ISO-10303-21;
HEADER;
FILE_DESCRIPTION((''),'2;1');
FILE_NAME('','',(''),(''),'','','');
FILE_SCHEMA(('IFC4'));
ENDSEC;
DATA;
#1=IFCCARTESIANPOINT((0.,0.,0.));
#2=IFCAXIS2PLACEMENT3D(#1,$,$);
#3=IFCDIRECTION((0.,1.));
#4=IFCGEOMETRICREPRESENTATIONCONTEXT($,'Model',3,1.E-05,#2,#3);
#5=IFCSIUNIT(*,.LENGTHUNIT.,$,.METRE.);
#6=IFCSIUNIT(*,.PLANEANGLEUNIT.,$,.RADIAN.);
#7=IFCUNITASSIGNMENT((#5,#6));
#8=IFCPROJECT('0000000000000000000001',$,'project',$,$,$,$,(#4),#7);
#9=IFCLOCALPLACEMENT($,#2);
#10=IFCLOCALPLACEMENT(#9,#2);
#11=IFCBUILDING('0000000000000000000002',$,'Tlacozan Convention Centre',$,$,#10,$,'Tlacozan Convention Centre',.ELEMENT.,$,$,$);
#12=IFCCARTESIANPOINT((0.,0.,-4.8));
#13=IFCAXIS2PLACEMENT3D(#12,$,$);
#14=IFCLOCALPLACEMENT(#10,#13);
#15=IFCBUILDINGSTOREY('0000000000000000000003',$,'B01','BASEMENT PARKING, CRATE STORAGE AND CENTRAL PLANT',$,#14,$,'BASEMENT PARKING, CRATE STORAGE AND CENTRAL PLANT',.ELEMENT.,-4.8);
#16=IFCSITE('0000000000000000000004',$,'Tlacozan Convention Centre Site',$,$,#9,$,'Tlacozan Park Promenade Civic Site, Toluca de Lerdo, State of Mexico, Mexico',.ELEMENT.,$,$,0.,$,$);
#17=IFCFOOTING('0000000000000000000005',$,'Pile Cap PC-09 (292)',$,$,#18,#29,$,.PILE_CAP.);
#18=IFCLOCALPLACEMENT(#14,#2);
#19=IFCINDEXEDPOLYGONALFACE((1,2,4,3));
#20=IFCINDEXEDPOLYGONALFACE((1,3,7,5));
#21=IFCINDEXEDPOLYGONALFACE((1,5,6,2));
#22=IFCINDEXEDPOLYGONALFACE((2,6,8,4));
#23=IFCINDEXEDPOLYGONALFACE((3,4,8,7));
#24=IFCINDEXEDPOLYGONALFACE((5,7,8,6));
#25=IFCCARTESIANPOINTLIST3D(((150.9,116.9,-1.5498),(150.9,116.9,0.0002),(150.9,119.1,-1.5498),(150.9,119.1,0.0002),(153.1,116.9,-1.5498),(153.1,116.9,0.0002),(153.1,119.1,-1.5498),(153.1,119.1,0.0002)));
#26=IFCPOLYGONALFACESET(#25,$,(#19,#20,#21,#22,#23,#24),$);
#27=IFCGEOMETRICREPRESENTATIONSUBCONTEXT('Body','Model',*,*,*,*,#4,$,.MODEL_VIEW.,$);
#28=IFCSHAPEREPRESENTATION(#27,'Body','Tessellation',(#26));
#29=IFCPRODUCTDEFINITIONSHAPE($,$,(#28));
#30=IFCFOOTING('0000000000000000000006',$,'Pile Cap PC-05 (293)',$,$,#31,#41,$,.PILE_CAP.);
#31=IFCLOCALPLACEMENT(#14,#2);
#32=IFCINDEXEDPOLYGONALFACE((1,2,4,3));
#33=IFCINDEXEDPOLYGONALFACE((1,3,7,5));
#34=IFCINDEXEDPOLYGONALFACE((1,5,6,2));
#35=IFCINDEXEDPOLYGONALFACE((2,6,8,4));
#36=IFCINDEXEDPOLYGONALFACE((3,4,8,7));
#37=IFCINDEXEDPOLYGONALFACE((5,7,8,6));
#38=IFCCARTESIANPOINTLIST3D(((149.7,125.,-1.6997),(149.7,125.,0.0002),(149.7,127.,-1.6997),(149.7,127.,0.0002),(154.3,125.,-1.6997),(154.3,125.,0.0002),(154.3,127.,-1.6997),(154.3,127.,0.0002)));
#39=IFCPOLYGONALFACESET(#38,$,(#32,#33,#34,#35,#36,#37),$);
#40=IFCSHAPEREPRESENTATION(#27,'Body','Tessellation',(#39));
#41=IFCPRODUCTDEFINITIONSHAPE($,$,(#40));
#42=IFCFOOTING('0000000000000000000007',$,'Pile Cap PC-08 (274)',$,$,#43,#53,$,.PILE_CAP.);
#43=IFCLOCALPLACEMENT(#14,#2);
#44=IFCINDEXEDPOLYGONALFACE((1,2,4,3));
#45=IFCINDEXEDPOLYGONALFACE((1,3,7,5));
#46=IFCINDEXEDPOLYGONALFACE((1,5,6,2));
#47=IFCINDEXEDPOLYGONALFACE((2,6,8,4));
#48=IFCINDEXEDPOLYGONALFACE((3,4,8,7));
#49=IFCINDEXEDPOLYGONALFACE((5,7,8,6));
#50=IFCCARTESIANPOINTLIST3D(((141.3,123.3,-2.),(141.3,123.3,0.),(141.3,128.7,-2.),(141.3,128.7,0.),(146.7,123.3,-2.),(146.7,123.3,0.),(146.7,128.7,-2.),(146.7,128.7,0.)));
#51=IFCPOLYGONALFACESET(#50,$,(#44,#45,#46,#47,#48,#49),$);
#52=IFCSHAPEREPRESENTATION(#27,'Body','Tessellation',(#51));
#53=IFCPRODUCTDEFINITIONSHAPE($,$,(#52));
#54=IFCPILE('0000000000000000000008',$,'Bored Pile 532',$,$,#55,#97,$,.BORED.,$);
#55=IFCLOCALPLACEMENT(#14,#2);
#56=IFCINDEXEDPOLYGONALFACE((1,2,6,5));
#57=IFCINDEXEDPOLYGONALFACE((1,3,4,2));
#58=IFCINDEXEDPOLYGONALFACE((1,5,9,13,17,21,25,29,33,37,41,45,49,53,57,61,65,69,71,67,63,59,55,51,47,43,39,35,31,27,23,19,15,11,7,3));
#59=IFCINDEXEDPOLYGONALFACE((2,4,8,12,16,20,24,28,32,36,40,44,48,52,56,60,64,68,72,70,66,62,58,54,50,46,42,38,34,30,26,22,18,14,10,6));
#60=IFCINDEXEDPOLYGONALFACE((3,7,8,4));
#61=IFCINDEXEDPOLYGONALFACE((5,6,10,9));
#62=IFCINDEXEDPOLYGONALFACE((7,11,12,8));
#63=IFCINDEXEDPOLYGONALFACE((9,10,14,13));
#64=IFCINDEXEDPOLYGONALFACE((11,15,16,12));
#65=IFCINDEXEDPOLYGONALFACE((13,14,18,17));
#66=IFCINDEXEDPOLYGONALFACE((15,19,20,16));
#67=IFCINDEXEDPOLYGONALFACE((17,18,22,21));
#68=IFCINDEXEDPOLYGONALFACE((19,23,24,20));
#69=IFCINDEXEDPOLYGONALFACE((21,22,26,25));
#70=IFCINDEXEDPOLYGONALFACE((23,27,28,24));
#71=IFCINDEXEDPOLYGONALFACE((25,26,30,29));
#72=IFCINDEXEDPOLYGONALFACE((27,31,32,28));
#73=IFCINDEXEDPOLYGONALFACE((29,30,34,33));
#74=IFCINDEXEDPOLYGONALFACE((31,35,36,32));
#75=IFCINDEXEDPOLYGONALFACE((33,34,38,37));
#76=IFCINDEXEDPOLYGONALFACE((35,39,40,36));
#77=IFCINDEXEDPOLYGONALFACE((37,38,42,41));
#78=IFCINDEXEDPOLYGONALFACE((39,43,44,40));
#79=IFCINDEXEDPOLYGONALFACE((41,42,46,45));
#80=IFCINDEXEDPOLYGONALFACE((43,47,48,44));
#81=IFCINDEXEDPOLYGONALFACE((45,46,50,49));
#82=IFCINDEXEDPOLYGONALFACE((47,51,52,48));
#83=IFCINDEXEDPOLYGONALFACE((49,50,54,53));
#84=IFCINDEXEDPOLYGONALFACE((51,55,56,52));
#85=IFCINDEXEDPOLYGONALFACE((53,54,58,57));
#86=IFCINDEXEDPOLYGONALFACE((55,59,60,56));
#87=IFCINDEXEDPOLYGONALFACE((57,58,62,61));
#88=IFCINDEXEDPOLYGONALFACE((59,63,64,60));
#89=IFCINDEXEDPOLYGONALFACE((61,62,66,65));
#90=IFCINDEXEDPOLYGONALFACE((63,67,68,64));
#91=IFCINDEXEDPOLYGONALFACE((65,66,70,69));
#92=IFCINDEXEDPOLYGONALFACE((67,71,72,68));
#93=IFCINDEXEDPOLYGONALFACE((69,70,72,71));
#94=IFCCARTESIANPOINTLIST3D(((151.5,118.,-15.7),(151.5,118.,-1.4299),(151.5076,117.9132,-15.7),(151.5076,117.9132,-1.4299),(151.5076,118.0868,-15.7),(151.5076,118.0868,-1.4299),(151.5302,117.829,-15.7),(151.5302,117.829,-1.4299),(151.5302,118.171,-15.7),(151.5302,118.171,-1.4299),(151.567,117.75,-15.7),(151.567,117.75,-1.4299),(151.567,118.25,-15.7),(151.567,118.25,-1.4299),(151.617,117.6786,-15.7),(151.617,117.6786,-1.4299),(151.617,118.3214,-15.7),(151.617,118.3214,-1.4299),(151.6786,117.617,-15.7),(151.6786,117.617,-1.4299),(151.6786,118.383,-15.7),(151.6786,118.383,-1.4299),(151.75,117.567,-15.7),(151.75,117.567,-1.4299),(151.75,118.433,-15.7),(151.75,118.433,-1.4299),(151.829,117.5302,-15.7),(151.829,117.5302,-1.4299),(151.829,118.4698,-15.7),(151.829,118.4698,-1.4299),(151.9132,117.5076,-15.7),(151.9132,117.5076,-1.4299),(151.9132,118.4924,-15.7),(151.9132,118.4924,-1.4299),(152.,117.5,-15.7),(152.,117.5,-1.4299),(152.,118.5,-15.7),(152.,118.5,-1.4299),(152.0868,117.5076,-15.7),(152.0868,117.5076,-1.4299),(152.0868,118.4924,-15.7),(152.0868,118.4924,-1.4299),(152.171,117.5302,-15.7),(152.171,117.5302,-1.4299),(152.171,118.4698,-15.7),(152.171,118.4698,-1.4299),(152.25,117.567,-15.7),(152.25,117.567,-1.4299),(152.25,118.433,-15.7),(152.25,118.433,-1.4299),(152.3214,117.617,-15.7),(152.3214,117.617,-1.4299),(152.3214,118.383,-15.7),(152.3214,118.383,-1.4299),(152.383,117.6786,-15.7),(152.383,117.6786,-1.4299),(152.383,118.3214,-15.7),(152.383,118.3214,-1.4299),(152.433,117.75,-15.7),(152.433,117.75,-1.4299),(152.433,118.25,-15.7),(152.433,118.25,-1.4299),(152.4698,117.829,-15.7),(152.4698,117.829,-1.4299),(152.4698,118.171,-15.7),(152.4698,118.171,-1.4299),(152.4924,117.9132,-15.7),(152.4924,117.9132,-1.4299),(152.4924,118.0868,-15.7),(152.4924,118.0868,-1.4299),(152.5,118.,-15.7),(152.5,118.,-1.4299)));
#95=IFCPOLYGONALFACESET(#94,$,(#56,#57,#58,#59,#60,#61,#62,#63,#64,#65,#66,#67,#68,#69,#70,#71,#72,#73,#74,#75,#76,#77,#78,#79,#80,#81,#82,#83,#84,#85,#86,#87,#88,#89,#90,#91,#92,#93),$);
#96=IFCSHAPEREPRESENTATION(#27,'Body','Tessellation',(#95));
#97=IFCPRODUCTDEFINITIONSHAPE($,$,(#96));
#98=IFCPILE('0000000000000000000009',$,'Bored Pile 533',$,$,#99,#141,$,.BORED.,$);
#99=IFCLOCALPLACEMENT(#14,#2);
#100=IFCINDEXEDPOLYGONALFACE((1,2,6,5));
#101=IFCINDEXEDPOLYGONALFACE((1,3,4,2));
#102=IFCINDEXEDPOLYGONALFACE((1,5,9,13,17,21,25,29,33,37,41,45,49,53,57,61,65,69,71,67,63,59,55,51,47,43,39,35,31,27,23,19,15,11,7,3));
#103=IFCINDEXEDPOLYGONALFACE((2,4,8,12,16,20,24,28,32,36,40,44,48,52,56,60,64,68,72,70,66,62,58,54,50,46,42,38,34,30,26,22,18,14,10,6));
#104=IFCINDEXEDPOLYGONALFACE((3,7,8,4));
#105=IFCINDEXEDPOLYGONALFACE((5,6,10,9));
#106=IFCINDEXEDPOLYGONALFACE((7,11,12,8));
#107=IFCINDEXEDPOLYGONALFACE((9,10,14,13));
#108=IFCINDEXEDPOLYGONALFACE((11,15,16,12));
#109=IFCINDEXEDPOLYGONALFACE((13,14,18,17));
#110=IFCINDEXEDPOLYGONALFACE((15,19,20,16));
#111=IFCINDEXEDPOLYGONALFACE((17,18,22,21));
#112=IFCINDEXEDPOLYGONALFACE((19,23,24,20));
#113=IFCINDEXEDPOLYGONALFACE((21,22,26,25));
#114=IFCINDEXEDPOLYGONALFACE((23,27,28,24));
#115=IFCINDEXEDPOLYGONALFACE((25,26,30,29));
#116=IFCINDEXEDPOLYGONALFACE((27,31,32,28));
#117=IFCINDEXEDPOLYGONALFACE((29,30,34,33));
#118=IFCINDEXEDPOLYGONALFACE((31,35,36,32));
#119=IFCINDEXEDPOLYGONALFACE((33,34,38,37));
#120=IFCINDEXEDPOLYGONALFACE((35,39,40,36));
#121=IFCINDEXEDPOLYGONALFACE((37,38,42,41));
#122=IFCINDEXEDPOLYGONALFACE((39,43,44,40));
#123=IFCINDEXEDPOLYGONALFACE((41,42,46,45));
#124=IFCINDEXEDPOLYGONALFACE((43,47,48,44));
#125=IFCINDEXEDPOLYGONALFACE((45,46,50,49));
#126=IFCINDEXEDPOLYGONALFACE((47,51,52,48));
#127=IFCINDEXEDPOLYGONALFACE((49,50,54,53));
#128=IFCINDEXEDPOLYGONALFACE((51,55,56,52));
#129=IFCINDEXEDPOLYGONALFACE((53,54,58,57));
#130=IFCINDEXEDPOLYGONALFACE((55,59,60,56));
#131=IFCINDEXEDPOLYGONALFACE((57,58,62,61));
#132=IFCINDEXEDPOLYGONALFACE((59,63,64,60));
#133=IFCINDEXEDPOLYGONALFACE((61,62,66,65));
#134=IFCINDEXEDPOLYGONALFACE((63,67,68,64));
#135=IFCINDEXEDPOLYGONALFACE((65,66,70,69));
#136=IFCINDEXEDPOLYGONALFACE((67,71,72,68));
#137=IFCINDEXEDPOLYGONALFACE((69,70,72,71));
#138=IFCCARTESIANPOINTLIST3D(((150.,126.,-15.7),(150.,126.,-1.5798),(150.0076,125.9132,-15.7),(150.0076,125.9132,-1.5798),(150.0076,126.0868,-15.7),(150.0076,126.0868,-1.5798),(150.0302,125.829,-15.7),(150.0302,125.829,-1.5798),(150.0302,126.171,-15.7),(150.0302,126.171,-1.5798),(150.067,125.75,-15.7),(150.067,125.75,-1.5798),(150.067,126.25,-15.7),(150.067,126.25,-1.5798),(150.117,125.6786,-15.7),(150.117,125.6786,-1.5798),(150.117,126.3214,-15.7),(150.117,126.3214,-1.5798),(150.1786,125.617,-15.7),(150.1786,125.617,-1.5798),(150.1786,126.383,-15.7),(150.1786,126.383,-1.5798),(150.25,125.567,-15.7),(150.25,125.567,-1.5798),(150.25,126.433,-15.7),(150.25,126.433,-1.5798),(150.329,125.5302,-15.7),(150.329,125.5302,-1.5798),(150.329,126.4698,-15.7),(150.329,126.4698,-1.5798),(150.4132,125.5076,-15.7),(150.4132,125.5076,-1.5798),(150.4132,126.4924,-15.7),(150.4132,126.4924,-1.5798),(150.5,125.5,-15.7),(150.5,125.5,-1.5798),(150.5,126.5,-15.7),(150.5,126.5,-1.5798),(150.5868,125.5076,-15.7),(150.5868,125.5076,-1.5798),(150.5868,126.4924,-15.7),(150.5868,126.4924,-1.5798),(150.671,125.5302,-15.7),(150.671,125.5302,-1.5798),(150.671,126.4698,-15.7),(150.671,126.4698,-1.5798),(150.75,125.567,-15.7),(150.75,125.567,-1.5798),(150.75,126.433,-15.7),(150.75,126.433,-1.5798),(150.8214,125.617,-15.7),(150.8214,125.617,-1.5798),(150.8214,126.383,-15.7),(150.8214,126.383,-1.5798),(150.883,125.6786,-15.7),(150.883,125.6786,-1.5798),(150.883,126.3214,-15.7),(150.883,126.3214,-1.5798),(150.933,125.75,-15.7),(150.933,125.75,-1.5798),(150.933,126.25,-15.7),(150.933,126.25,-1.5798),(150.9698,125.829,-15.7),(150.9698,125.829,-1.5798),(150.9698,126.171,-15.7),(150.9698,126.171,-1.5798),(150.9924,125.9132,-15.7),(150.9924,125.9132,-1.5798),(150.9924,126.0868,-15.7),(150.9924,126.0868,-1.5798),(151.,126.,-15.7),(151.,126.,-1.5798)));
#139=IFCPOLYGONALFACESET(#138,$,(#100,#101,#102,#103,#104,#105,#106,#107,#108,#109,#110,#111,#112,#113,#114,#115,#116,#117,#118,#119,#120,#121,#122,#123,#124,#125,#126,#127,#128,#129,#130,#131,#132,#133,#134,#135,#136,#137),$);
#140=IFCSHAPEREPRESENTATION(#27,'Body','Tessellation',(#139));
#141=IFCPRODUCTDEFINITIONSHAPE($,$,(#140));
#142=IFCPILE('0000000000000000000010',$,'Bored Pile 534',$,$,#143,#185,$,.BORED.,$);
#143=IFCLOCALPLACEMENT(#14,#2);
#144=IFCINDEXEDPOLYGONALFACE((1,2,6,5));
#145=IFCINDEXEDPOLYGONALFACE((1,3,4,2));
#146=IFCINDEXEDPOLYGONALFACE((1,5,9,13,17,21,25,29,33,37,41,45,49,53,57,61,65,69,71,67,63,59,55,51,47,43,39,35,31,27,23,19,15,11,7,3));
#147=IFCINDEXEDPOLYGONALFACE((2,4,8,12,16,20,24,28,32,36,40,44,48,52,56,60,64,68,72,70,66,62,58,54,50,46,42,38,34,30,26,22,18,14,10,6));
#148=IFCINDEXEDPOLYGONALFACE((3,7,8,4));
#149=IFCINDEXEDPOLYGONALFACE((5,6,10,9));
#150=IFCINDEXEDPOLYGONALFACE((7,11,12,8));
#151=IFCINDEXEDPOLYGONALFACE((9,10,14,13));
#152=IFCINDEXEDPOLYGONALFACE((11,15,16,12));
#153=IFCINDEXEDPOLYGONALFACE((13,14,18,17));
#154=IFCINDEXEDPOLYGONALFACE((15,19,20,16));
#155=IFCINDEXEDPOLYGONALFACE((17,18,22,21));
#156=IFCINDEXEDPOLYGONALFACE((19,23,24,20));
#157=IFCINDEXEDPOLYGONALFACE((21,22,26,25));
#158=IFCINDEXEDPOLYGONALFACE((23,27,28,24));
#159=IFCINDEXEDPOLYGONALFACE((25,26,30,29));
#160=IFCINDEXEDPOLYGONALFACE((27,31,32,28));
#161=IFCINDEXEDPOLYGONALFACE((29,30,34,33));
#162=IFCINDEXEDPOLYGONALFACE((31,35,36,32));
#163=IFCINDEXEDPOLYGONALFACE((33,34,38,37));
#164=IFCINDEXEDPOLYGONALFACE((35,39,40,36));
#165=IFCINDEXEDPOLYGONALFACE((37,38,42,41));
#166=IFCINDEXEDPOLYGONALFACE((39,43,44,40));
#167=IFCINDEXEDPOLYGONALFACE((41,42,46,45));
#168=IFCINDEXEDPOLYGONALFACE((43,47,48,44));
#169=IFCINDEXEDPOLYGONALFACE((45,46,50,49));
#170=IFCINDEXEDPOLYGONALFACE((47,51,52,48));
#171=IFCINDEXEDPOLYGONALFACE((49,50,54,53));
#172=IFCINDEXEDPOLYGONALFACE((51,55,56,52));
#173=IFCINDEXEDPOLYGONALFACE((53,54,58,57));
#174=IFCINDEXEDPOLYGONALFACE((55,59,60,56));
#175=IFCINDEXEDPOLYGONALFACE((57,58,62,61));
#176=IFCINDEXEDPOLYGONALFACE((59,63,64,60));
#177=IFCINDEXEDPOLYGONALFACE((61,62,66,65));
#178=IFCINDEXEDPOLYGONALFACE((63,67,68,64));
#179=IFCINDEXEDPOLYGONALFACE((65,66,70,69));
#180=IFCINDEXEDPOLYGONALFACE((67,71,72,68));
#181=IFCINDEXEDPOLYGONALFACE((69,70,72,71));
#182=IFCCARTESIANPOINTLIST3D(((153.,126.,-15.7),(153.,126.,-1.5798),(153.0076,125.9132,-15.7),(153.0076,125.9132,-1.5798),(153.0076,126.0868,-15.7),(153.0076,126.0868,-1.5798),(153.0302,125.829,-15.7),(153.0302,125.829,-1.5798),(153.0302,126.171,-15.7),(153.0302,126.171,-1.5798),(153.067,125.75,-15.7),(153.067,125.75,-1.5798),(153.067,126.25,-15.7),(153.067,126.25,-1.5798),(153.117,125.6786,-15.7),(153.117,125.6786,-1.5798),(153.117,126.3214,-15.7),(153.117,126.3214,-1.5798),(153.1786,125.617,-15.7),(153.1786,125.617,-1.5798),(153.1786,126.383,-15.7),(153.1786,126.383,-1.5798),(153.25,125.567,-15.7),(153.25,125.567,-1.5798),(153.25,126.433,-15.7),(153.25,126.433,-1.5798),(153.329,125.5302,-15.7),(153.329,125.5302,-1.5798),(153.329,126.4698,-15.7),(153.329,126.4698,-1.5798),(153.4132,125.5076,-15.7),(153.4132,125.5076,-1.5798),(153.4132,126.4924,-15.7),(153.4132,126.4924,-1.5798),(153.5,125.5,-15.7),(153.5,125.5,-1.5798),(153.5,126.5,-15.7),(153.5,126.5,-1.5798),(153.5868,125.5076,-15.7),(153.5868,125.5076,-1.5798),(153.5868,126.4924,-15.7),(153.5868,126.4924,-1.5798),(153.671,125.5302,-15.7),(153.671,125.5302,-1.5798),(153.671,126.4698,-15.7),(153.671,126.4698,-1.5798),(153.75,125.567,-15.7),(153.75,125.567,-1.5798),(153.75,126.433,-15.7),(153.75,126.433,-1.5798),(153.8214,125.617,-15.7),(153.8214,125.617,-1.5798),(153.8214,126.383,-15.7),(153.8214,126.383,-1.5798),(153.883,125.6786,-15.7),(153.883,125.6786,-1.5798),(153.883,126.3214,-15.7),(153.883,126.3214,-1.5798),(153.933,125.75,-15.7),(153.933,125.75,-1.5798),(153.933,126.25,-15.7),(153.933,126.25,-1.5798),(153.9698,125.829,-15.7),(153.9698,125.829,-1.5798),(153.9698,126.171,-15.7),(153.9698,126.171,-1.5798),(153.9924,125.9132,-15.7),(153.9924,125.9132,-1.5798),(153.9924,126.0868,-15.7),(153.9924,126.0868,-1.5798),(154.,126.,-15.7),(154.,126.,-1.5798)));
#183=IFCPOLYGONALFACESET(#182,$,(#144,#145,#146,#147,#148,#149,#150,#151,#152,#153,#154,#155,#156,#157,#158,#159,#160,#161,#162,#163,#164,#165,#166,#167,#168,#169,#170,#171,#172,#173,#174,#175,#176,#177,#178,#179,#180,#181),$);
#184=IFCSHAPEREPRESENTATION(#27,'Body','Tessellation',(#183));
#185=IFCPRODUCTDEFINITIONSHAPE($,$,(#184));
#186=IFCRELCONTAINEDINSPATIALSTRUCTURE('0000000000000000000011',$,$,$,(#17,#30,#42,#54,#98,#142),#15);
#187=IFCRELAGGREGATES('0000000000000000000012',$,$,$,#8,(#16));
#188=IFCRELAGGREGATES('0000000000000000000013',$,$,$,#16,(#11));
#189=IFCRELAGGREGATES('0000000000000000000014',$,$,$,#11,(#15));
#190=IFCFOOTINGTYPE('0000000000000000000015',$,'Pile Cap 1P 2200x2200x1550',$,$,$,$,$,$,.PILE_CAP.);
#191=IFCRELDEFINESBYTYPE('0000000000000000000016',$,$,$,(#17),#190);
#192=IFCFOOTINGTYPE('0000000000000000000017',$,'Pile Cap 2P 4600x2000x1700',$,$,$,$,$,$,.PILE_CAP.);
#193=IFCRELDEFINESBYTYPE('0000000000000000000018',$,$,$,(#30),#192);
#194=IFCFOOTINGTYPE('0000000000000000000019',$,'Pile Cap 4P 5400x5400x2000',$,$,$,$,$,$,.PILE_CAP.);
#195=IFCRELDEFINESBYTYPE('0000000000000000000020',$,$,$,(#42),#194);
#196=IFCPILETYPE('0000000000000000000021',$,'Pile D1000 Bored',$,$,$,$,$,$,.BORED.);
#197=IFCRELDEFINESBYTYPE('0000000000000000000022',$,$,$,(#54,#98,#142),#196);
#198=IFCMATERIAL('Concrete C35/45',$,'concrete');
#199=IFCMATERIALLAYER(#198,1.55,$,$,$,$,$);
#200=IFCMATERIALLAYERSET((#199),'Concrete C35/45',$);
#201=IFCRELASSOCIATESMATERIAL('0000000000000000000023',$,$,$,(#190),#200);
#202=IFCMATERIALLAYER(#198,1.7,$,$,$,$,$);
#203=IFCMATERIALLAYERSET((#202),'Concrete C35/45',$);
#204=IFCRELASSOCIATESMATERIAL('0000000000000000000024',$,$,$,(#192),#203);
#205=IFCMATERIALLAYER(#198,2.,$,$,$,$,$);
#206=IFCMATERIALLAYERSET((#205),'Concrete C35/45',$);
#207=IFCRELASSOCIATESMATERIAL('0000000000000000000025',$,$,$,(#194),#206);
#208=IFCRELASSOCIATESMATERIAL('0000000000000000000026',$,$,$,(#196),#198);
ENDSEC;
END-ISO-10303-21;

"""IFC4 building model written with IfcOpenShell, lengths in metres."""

from ifc_helpers import new_model, si_unit, direction, frame, origin, origin_2d, place, context, subcontext, project, spatial, rectangle, circle, extrude, material, layer, layer_set, material_profile, profile_set, type_object, element, save


model = new_model("IFC4")

# Units and contexts
model_context = context("Model", 3, precision=1e-05, world=origin(), true_north=direction((0.0, 1.0)))
body_context = subcontext(model_context, "Body", "Model", "MODEL_VIEW")
ifc_project = project(units=[si_unit("LENGTHUNIT", "METRE"), si_unit("PLANEANGLEUNIT", "RADIAN")], contexts=[model_context])

# Site, building, storey
site_placement = place(None, origin())
site = spatial("IfcSite", under=ifc_project, at=site_placement, Name="Tlacozan Convention Centre Site", LongName="Tlacozan Park Promenade Civic Site, Toluca de Lerdo, State of Mexico, Mexico", CompositionType="ELEMENT", RefElevation=0.0)
building_placement = place(site_placement, origin())
building = spatial("IfcBuilding", under=site, at=building_placement, Name="Tlacozan Convention Centre", LongName="Tlacozan Convention Centre", CompositionType="ELEMENT")
storey_placement = place(building_placement, frame((0.0, 0.0, -4.8)))
storey = spatial("IfcBuildingStorey", under=building, at=storey_placement, Name="B01", Description="BASEMENT PARKING, CRATE STORAGE AND CENTRAL PLANT", LongName="BASEMENT PARKING, CRATE STORAGE AND CENTRAL PLANT", CompositionType="ELEMENT", Elevation=-4.8)

# Footings
ifc_material_1 = material(Name="Concrete C35/45", Category="concrete")
ifc_layer_1 = layer(ifc_material_1, 1.55)
ifc_layer_set_1 = layer_set([ifc_layer_1], Name="Concrete C35/45")
footing_type_1 = type_object("IfcFootingType", Name="Pile Cap 1P 2200x2200x1550", PredefinedType="PILE_CAP", material=ifc_layer_set_1)
footing_1_placement = place(storey_placement, frame((152.0, 118.0, -1.5498), z_axis=(0.0, 0.0, 1.0), x_axis=(1.0, 0.0, 0.0)))
element("IfcFooting", 1, at=footing_1_placement, inside=storey, type_object=footing_type_1, Name="Pile Cap PC-09 (292)", PredefinedType="PILE_CAP", context=body_context, shape_type="SweptSolid", body=[
    extrude(rectangle(XDim=2.2, YDim=2.2, at=origin_2d()), origin(), (0.0, 0.0, 1.0), 1.55),
])
ifc_layer_2 = layer(ifc_material_1, 1.7)
ifc_layer_set_2 = layer_set([ifc_layer_2], Name="Concrete C35/45")
footing_type_2 = type_object("IfcFootingType", Name="Pile Cap 2P 4600x2000x1700", PredefinedType="PILE_CAP", material=ifc_layer_set_2)
footing_2_placement = place(storey_placement, frame((152.0, 126.0, -1.6997), z_axis=(0.0, 0.0, 1.0), x_axis=(1.0, 0.0, 0.0)))
element("IfcFooting", 2, at=footing_2_placement, inside=storey, type_object=footing_type_2, Name="Pile Cap PC-05 (293)", PredefinedType="PILE_CAP", context=body_context, shape_type="SweptSolid", body=[
    extrude(rectangle(XDim=4.6001, YDim=2.0, at=origin_2d()), origin(), (0.0, 0.0, 1.0), 1.7),
])
ifc_layer_3 = layer(ifc_material_1, 2.0)
ifc_layer_set_3 = layer_set([ifc_layer_3], Name="Concrete C35/45")
footing_type_3 = type_object("IfcFootingType", Name="Pile Cap 4P 5400x5400x2000", PredefinedType="PILE_CAP", material=ifc_layer_set_3)
footing_3_placement = place(storey_placement, frame((144.0, 126.0, -2.0), z_axis=(0.0, 0.0, 1.0), x_axis=(1.0, 0.0, 0.0)))
element("IfcFooting", 3, at=footing_3_placement, inside=storey, type_object=footing_type_3, Name="Pile Cap PC-08 (274)", PredefinedType="PILE_CAP", context=body_context, shape_type="SweptSolid", body=[
    extrude(rectangle(XDim=5.3999, YDim=5.3999, at=origin_2d()), origin(), (0.0, 0.0, 1.0), 2.0),
])

# Piles
ifc_material_profile_1 = material_profile(ifc_material_1, circle(Radius=0.5, at=origin_2d()), Name="PILE D1000")
ifc_profile_set_1 = profile_set([ifc_material_profile_1], Name="Concrete C35/45")
pile_type_1 = type_object("IfcPileType", Name="Pile D1000 Bored", PredefinedType="BORED", material=ifc_profile_set_1)
pile_1_placement = place(storey_placement, frame((152.0, 118.0, -1.4299), z_axis=(0.0, 0.0, -1.0), x_axis=(1.0, 0.0, 0.0)))
element("IfcPile", 4, at=pile_1_placement, inside=storey, type_object=pile_type_1, Name="Bored Pile 532", PredefinedType="BORED", context=body_context, shape_type="SweptSolid", body=[
    extrude(circle(Radius=0.5, at=origin_2d()), origin(), (0.0, 0.0, 1.0), 14.27),
])
for number, where, z_axis, x_axis, name in (
    (5, (150.5, 126.0, -1.5798), (0.0, 0.0, -1.0), (1.0, 0.0, 0.0), "Bored Pile 533"),
    (6, (153.5, 126.0, -1.5798), (0.0, 0.0, -1.0), (1.0, 0.0, 0.0), "Bored Pile 534"),
):
    element("IfcPile", number, at=place(storey_placement, frame(where, z_axis=z_axis, x_axis=x_axis)), inside=storey, type_object=pile_type_1, Name=name, PredefinedType="BORED", context=body_context, shape_type="SweptSolid", body=[
        extrude(circle(Radius=0.5, at=origin_2d()), origin(), (0.0, 0.0, 1.0), 14.1201),
    ])

save(model, "model.ifc")
